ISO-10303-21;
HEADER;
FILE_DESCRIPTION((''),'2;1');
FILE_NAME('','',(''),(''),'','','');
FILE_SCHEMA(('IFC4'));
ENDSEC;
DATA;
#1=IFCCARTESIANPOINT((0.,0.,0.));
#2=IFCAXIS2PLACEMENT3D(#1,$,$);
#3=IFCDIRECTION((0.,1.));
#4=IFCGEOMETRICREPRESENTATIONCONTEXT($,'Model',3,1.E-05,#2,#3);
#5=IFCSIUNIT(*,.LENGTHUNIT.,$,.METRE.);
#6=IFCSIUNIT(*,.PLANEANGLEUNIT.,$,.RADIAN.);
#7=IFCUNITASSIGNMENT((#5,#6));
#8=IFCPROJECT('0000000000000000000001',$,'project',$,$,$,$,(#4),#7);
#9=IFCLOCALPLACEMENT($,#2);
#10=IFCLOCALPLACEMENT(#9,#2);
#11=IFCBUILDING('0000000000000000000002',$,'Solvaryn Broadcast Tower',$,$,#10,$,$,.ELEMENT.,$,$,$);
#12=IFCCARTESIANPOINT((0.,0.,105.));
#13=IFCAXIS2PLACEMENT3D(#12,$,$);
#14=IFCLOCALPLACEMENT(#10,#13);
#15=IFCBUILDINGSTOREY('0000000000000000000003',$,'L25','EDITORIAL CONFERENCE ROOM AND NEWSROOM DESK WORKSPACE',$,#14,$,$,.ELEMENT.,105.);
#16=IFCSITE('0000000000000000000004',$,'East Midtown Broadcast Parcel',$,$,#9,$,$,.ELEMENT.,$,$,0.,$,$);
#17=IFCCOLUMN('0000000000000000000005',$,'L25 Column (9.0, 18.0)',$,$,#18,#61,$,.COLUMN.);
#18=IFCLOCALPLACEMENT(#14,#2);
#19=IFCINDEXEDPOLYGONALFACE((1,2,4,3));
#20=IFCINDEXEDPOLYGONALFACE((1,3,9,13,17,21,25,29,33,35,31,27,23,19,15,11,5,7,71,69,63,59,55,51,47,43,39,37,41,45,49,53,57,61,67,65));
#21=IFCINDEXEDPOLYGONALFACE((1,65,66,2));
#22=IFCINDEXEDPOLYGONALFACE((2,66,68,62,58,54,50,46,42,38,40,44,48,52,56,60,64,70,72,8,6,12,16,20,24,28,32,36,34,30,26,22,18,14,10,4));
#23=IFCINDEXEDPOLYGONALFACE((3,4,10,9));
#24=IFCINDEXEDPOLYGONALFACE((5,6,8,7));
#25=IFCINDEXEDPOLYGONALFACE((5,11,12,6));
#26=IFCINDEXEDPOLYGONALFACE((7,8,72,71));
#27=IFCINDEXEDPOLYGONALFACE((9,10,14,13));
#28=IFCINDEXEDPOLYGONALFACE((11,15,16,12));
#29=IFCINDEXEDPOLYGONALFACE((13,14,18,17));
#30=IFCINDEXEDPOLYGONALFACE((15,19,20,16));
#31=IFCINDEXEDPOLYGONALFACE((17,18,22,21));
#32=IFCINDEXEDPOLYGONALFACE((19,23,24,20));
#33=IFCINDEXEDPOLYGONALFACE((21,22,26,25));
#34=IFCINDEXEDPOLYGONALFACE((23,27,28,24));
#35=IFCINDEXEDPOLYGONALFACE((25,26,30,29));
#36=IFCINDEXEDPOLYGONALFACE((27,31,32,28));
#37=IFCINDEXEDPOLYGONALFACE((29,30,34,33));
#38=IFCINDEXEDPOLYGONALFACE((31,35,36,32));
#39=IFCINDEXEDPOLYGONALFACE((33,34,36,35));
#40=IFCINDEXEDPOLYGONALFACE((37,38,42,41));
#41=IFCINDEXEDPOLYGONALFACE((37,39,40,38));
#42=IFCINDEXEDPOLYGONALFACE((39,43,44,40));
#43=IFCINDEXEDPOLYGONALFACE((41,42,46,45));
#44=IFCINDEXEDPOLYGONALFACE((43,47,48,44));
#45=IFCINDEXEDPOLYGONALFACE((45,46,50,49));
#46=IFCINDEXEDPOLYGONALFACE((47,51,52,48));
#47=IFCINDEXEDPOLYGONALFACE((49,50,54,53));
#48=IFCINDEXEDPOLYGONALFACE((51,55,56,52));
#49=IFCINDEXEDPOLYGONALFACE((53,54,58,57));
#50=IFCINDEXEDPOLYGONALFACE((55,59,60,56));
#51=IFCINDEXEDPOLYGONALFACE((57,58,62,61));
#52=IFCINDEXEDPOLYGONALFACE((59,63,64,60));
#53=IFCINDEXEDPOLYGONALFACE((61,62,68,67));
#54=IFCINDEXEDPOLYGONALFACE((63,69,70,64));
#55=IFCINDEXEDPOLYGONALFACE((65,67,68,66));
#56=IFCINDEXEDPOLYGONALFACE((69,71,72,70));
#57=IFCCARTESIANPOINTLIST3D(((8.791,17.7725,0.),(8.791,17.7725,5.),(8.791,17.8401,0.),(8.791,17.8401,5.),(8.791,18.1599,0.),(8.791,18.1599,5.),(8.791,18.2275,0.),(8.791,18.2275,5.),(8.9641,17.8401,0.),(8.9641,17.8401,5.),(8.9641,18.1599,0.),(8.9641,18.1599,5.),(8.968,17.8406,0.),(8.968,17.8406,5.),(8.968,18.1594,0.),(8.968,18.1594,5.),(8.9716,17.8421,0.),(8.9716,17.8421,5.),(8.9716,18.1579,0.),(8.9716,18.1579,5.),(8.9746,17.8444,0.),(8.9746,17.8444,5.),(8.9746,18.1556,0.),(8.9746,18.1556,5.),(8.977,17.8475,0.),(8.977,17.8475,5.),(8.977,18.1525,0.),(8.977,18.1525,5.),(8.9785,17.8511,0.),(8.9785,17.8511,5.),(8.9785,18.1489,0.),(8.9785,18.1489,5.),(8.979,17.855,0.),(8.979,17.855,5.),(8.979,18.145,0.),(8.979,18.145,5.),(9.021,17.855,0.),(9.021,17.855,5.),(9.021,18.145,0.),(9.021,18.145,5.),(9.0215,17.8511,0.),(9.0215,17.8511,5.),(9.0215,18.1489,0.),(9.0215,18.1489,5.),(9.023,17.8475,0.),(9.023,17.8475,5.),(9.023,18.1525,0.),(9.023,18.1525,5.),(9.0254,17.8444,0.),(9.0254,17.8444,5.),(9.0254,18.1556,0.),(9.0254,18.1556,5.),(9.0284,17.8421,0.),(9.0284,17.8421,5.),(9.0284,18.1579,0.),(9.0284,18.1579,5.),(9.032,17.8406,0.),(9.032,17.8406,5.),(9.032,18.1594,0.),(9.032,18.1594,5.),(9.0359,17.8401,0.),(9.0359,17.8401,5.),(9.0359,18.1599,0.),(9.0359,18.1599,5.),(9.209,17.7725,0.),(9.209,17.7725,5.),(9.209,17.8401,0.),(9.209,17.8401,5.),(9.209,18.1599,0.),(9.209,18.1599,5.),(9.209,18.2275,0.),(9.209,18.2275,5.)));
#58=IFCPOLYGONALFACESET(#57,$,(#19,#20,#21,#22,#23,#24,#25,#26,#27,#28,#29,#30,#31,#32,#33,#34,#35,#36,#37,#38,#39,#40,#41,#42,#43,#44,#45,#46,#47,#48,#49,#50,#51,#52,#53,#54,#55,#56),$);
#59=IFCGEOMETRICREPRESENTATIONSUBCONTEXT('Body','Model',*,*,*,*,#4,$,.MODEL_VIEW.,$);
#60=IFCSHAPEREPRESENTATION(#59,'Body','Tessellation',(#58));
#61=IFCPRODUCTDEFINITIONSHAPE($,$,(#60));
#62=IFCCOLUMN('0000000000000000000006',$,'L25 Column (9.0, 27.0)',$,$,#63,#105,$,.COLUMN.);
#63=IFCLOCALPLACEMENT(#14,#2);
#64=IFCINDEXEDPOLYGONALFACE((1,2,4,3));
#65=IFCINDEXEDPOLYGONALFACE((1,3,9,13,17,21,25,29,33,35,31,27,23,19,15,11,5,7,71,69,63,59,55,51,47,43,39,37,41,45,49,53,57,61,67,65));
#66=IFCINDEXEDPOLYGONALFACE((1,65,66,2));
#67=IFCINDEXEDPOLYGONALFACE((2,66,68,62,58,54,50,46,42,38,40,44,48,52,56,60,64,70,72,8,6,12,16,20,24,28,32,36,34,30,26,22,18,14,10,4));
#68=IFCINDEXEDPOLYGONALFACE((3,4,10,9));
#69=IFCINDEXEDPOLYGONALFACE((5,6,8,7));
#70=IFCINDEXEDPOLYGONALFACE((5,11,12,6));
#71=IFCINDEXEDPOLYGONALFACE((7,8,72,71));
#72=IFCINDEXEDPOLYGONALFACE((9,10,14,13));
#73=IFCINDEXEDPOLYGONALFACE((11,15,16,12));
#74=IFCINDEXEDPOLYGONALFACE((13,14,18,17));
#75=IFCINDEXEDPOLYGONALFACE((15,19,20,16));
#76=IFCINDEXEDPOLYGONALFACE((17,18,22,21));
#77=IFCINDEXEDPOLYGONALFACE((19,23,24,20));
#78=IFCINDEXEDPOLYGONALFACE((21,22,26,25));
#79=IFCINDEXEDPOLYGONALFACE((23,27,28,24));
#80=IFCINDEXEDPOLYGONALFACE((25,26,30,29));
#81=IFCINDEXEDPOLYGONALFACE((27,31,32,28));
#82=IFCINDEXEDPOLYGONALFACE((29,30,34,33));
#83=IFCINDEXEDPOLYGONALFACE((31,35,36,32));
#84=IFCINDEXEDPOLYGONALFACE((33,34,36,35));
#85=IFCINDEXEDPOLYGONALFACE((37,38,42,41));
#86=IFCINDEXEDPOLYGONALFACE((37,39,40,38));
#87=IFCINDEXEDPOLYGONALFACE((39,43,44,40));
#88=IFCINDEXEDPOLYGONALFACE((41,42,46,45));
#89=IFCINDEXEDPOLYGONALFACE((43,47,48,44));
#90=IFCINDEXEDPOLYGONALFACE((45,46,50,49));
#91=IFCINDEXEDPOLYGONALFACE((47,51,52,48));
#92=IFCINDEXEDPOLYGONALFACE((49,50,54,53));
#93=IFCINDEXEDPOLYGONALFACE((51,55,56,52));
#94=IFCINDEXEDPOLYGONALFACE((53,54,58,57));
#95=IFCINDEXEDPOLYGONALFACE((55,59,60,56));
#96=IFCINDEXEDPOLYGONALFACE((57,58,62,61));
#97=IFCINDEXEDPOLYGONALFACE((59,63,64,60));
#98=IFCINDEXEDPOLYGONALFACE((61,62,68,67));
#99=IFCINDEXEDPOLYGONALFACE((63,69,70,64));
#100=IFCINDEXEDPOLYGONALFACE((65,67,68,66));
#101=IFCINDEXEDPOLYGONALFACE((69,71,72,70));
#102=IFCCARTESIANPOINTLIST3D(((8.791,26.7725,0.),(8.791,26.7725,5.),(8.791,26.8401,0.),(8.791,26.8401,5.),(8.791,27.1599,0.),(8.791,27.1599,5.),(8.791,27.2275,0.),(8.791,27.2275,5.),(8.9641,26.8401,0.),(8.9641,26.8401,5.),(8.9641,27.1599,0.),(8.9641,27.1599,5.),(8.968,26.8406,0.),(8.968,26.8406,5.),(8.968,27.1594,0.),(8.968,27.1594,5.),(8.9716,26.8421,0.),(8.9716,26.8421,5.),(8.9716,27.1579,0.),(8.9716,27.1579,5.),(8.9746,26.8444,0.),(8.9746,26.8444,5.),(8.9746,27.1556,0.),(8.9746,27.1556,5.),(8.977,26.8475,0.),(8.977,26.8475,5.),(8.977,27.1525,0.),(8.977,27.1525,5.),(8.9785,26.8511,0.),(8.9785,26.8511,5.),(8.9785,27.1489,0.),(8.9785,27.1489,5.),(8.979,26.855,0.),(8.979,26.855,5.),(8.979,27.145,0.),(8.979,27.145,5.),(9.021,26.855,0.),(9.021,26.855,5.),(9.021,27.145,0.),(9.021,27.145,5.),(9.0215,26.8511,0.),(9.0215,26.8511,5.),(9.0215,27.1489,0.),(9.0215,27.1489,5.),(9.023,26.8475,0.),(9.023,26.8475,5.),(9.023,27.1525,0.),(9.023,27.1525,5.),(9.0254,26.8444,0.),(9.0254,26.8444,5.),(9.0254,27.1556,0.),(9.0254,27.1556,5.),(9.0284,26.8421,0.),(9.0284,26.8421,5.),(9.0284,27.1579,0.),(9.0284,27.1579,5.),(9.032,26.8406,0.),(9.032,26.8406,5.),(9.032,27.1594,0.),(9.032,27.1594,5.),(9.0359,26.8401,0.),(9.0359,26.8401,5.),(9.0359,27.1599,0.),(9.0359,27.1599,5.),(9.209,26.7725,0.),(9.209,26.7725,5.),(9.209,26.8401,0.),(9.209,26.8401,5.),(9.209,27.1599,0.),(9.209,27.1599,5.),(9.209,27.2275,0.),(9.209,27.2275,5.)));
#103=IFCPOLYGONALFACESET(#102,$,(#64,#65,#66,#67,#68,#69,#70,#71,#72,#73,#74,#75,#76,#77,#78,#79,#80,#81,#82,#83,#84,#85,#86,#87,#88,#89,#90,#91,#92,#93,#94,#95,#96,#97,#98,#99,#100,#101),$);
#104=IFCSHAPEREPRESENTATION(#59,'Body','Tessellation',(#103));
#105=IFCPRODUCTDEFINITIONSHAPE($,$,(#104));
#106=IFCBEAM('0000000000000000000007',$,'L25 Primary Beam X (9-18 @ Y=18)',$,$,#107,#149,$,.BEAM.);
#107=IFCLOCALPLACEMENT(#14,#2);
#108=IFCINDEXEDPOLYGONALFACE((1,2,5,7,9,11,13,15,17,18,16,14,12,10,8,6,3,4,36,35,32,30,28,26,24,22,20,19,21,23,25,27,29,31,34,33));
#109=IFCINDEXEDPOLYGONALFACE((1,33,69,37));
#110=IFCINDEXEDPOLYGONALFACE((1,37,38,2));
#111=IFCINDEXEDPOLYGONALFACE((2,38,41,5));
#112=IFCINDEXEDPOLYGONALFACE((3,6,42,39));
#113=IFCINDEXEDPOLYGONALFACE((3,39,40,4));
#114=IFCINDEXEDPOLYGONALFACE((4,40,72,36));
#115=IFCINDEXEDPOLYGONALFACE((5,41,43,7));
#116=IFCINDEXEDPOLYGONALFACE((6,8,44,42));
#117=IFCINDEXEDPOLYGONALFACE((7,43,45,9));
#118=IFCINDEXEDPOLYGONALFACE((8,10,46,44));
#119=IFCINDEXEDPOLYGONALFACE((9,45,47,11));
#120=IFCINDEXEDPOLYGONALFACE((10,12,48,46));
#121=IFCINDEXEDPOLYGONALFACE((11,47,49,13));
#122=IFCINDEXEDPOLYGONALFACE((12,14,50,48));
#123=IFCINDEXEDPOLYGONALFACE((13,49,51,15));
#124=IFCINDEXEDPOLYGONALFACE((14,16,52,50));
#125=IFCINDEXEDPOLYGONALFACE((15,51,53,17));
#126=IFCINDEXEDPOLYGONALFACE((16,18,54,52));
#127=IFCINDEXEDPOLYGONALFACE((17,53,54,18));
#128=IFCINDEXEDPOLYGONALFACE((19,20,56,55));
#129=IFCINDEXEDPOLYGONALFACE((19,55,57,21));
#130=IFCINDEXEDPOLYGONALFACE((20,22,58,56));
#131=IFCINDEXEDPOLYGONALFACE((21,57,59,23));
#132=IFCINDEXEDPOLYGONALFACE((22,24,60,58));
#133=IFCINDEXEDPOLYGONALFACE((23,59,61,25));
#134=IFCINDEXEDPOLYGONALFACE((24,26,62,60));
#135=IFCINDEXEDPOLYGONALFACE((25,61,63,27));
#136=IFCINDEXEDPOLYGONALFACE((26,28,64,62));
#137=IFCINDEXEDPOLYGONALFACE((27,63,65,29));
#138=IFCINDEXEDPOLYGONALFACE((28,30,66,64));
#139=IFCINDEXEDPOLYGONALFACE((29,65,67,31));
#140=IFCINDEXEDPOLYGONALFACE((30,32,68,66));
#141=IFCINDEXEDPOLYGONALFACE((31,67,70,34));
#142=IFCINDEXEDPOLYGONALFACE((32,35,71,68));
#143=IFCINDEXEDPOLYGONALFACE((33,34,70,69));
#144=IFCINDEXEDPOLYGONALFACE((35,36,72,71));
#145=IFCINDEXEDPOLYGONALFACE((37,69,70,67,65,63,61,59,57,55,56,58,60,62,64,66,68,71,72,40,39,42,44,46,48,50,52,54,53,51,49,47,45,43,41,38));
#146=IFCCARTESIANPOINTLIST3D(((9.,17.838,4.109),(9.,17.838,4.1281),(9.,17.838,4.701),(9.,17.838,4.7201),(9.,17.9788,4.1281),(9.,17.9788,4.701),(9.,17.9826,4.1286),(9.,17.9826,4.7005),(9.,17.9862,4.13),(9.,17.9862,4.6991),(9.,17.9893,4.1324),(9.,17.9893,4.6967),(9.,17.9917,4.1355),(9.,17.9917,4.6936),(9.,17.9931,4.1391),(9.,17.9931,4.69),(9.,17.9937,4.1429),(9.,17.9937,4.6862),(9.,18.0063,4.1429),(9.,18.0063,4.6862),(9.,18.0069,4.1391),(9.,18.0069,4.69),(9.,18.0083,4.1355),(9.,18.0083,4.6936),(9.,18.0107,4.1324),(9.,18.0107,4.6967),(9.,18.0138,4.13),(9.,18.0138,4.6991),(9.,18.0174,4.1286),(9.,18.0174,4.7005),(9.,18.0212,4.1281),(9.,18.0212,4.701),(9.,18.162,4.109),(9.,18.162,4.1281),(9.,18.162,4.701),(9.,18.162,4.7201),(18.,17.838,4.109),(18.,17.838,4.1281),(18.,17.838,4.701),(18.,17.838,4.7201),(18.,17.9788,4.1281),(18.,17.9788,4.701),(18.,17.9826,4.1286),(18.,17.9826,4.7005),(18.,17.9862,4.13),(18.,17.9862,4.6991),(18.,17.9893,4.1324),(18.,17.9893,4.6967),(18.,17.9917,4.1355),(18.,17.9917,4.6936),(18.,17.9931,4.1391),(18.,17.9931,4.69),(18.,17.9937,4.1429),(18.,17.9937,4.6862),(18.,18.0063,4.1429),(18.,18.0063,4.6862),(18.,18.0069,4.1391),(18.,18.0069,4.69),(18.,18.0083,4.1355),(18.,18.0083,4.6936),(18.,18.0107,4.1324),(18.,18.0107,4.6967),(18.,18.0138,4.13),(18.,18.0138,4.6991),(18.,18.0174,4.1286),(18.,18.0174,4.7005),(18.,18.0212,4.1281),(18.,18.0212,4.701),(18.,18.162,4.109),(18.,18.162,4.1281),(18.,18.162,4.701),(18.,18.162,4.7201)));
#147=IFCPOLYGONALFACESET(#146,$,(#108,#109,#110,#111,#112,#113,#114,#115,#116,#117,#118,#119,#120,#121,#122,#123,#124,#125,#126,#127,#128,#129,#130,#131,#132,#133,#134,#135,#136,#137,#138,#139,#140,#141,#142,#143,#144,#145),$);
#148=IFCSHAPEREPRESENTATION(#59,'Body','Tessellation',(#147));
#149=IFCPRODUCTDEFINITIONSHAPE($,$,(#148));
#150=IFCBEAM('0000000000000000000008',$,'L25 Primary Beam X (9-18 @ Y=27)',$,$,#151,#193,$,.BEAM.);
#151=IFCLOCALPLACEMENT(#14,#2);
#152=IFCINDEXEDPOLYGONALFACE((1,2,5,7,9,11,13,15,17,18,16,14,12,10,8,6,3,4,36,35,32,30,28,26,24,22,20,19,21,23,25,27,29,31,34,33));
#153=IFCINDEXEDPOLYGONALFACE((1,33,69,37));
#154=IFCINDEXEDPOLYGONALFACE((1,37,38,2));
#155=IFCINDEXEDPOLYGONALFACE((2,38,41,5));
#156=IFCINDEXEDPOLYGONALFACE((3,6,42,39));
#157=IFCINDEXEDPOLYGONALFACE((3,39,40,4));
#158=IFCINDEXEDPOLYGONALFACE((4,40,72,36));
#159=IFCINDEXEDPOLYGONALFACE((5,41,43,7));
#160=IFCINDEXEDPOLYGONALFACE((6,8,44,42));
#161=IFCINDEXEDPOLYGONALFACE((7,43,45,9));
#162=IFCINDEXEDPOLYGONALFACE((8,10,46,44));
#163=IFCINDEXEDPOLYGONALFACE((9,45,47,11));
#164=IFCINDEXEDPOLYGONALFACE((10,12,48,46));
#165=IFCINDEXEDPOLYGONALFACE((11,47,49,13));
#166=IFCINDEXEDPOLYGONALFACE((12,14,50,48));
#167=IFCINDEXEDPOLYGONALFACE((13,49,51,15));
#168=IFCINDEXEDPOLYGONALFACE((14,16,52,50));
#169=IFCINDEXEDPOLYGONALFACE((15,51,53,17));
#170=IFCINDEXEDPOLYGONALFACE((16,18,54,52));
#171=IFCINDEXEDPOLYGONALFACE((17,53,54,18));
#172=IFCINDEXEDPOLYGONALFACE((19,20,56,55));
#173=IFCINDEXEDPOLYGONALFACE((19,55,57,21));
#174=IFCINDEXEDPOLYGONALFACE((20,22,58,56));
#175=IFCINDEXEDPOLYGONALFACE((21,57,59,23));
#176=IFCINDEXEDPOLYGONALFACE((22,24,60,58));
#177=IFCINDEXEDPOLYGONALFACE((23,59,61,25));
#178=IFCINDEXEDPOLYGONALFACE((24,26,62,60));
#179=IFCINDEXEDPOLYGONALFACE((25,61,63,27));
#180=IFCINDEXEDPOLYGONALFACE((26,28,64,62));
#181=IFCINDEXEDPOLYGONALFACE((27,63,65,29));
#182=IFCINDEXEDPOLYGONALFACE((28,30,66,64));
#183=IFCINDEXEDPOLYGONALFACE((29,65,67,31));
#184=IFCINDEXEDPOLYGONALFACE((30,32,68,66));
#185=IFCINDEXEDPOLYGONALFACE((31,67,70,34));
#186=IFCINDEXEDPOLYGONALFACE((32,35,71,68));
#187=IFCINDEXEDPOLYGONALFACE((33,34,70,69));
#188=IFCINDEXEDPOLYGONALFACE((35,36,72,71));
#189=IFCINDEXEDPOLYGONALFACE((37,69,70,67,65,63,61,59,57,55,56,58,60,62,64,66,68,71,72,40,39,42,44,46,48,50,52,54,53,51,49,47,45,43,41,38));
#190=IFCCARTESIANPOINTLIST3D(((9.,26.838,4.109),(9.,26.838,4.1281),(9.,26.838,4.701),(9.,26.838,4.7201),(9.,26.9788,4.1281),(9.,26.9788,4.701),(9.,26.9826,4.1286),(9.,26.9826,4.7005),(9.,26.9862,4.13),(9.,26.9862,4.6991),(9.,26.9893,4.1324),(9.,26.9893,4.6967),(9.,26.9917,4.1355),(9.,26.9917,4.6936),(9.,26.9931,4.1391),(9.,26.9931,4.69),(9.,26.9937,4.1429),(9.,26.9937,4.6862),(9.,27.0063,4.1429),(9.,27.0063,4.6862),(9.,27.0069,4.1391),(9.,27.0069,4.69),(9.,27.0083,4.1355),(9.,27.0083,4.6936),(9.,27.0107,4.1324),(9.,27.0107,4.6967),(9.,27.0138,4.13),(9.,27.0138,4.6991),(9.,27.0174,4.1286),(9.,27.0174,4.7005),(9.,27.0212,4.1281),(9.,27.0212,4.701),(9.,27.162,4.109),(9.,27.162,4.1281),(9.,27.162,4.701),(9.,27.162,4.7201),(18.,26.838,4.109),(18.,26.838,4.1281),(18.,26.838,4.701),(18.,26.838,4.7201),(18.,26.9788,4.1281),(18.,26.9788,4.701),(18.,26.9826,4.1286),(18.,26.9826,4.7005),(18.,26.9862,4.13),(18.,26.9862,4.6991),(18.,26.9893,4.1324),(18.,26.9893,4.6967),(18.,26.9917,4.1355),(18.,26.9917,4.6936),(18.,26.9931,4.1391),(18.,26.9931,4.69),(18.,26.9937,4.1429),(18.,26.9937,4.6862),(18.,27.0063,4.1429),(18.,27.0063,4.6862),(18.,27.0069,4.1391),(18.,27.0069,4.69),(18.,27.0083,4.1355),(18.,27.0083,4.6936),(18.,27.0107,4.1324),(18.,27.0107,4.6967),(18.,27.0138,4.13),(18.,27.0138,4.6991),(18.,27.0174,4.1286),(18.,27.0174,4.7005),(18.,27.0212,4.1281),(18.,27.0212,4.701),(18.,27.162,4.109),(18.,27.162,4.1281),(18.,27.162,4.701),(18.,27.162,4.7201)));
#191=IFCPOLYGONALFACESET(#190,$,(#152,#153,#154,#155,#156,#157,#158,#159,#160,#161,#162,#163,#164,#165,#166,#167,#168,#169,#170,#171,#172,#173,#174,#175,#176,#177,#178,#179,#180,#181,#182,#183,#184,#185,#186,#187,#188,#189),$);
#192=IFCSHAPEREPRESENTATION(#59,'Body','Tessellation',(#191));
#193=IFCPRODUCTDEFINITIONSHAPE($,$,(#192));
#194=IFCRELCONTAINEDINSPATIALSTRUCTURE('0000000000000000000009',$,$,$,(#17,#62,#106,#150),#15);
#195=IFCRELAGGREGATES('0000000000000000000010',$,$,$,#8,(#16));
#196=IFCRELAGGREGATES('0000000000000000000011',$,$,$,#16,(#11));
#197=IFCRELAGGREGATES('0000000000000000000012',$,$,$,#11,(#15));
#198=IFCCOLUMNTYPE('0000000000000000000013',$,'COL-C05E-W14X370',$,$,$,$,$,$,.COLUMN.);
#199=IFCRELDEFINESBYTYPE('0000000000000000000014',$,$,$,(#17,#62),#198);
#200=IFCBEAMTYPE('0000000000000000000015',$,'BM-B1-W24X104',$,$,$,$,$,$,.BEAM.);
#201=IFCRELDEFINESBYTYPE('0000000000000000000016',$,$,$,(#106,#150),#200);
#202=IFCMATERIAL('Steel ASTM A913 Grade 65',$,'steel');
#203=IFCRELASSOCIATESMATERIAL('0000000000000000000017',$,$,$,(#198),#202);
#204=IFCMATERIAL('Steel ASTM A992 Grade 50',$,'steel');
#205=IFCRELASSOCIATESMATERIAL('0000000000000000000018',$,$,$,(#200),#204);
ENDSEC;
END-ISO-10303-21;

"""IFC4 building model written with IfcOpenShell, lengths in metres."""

from ifc_helpers import new_model, si_unit, direction, frame, origin, origin_2d, place, context, subcontext, project, spatial, i_section, extrude, material, material_profile, profile_set, type_object, element, save


model = new_model("IFC4")

# Units and contexts
model_context = context("Model", 3, precision=1e-05, world=origin(), true_north=direction((0.0, 1.0)))
body_context = subcontext(model_context, "Body", "Model", "MODEL_VIEW")
ifc_project = project(units=[si_unit("LENGTHUNIT", "METRE"), si_unit("PLANEANGLEUNIT", "RADIAN")], contexts=[model_context])

# Site, building, storey
site_placement = place(None, origin())
site = spatial("IfcSite", under=ifc_project, at=site_placement, Name="East Midtown Broadcast Parcel", CompositionType="ELEMENT", RefElevation=0.0)
building_placement = place(site_placement, origin())
building = spatial("IfcBuilding", under=site, at=building_placement, Name="Solvaryn Broadcast Tower", CompositionType="ELEMENT")
storey_placement = place(building_placement, frame((0.0, 0.0, 105.0)))
storey = spatial("IfcBuildingStorey", under=building, at=storey_placement, Name="L25", Description="EDITORIAL CONFERENCE ROOM AND NEWSROOM DESK WORKSPACE", CompositionType="ELEMENT", Elevation=105.0)

# Columns
ifc_material_1 = material(Name="Steel ASTM A913 Grade 65", Category="steel")
ifc_material_profile_1 = material_profile(ifc_material_1, i_section(OverallWidth=0.418, OverallDepth=0.4551, WebThickness=0.042, FlangeThickness=0.0676, FilletRadius=0.0149, at=origin_2d()))
ifc_profile_set_1 = profile_set([ifc_material_profile_1], Name="Steel ASTM A913 Grade 65")
column_type = type_object("IfcColumnType", Name="COL-C05E-W14X370", PredefinedType="COLUMN", material=ifc_profile_set_1)
for number, where, z_axis, x_axis, name in (
    (1, (9.0, 18.0, 0.0), (0.0, 0.0, 1.0), (1.0, 0.0, 0.0), "L25 Column (9.0, 18.0)"),
    (2, (9.0, 27.0, 0.0), (0.0, 0.0, 1.0), (1.0, 0.0, 0.0), "L25 Column (9.0, 27.0)"),
):
    element("IfcColumn", number, at=place(storey_placement, frame(where, z_axis=z_axis, x_axis=x_axis)), inside=storey, type_object=column_type, Name=name, PredefinedType="COLUMN", context=body_context, shape_type="SweptSolid", body=[
        extrude(i_section(OverallWidth=0.418, OverallDepth=0.4551, WebThickness=0.042, FlangeThickness=0.0676, FilletRadius=0.0149, at=origin_2d()), origin(), (0.0, 0.0, 1.0), 5.0),
    ])

# Beams
ifc_material_2 = material(Name="Steel ASTM A992 Grade 50", Category="steel")
ifc_material_profile_2 = material_profile(ifc_material_2, i_section(OverallWidth=0.324, OverallDepth=0.6111, WebThickness=0.0127, FlangeThickness=0.019, FilletRadius=0.0149, at=origin_2d()))
ifc_profile_set_2 = profile_set([ifc_material_profile_2], Name="Steel ASTM A992 Grade 50")
beam_type_1 = type_object("IfcBeamType", Name="BM-B1-W24X104", PredefinedType="BEAM", material=ifc_profile_set_2)
for number, where, z_axis, x_axis, name in (
    (3, (9.0, 18.0, 4.4146), (1.0, 0.0, 0.0), (0.0, 1.0, 0.0), "L25 Primary Beam X (9-18 @ Y=18)"),
    (4, (9.0, 27.0, 4.4146), (1.0, 0.0, 0.0), (0.0, 1.0, 0.0), "L25 Primary Beam X (9-18 @ Y=27)"),
):
    element("IfcBeam", number, at=place(storey_placement, frame(where, z_axis=z_axis, x_axis=x_axis)), inside=storey, type_object=beam_type_1, Name=name, PredefinedType="BEAM", context=body_context, shape_type="SweptSolid", body=[
        extrude(i_section(OverallWidth=0.324, OverallDepth=0.6111, WebThickness=0.0127, FlangeThickness=0.019, FilletRadius=0.0149, at=origin_2d()), origin(), (0.0, 0.0, 1.0), 9.0),
    ])

save(model, "model.ifc")
